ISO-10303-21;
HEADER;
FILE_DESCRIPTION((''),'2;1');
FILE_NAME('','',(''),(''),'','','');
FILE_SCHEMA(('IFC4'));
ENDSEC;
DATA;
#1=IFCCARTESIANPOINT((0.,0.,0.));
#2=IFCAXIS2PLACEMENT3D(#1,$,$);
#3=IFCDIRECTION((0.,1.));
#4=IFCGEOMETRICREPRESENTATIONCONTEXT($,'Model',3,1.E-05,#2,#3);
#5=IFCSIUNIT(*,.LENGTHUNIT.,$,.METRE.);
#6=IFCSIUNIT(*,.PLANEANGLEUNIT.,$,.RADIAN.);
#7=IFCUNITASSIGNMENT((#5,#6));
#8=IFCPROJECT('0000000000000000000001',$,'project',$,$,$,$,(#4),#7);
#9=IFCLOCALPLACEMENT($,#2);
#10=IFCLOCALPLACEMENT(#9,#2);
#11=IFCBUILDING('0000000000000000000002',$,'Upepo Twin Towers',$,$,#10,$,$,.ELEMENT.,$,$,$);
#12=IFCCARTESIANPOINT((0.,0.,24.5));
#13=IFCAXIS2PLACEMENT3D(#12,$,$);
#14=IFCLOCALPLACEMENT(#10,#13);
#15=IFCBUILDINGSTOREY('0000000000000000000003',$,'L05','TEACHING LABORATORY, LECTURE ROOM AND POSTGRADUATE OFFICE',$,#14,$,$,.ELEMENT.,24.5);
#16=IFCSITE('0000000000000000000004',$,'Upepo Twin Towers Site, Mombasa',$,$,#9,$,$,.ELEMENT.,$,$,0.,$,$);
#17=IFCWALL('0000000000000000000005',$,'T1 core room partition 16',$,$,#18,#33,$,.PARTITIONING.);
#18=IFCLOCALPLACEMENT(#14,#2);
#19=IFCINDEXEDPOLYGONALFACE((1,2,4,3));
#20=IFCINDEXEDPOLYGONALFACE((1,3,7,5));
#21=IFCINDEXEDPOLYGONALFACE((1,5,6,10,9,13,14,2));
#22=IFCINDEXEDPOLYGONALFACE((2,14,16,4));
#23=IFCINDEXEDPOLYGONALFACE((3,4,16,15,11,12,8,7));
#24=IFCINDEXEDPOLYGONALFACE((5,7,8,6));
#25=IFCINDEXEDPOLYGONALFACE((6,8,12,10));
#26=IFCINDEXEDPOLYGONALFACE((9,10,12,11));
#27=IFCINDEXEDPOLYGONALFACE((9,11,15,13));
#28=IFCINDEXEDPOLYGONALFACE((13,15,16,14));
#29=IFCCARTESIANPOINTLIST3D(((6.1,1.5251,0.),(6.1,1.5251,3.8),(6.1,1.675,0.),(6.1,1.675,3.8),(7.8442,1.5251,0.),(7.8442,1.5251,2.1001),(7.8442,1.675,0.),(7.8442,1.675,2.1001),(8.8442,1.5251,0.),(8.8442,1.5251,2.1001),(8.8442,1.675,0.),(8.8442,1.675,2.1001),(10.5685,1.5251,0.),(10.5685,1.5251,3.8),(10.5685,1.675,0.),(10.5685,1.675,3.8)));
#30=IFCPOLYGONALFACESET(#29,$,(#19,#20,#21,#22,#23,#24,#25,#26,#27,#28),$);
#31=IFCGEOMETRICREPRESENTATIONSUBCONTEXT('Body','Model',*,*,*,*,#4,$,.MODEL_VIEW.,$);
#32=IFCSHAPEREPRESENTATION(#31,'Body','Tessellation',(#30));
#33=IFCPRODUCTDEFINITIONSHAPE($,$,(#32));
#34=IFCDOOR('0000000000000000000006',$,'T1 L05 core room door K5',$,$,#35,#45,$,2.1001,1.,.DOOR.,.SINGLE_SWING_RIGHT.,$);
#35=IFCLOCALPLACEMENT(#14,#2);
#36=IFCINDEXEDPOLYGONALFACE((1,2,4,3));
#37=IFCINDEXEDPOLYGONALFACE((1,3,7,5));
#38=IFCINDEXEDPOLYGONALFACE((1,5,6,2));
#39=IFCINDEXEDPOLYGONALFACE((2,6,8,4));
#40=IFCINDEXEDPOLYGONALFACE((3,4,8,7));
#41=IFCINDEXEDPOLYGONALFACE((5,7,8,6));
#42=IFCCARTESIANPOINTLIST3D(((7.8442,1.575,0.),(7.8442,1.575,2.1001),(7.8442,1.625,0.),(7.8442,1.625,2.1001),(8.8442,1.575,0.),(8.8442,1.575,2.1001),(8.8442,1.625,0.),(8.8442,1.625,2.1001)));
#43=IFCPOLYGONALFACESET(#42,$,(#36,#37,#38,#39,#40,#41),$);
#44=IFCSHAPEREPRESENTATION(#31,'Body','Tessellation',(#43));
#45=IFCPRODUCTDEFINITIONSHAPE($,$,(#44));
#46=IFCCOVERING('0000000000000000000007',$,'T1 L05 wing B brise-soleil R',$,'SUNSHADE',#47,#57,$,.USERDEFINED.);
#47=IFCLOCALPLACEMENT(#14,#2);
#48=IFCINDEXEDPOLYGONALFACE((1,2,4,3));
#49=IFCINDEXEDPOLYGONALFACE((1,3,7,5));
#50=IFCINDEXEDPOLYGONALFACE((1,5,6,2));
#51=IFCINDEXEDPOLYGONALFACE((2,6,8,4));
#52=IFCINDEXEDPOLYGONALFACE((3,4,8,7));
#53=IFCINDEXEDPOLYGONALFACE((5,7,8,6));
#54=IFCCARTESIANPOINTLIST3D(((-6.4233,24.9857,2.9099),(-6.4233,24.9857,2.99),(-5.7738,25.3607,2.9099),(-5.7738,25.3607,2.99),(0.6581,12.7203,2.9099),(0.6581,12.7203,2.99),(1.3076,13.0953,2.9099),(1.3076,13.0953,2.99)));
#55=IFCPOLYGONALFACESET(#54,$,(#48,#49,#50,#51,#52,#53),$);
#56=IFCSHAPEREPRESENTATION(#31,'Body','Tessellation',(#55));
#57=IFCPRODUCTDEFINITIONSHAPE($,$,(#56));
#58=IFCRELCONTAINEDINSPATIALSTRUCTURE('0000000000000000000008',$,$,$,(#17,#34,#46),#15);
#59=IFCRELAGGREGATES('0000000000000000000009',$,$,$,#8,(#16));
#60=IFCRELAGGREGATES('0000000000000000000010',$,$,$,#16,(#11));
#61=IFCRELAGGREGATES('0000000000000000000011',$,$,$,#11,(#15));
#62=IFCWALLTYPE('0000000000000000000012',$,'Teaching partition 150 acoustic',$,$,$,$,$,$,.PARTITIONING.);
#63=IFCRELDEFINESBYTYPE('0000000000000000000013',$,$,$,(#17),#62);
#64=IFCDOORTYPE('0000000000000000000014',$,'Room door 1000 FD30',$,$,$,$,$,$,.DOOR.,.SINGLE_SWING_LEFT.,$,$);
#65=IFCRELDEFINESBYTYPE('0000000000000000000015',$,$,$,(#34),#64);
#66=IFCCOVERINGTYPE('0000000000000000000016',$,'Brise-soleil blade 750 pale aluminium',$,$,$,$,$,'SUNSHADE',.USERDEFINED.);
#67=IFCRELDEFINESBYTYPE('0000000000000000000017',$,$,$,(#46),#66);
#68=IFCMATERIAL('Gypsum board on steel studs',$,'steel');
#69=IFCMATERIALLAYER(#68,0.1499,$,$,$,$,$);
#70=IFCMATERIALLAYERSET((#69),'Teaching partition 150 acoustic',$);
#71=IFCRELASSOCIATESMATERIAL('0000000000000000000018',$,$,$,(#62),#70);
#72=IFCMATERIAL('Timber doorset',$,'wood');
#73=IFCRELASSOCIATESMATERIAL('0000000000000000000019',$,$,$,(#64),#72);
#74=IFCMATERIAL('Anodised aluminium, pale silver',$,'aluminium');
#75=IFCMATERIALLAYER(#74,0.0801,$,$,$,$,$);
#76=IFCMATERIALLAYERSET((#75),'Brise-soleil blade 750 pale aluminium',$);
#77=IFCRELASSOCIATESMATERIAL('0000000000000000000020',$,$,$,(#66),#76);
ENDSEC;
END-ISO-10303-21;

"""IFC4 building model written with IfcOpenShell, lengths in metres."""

from ifc_helpers import new_model, si_unit, direction, frame, frame_2d, origin, origin_2d, place, context, subcontext, project, spatial, rectangle, extrude, material, layer, layer_set, type_object, element, fill, save


model = new_model("IFC4")

# Units and contexts
model_context = context("Model", 3, precision=1e-05, world=origin(), true_north=direction((0.0, 1.0)))
body_context = subcontext(model_context, "Body", "Model", "MODEL_VIEW")
ifc_project = project(units=[si_unit("LENGTHUNIT", "METRE"), si_unit("PLANEANGLEUNIT", "RADIAN")], contexts=[model_context])

# Site, building, storey
site_placement = place(None, origin())
site = spatial("IfcSite", under=ifc_project, at=site_placement, Name="Upepo Twin Towers Site, Mombasa", CompositionType="ELEMENT", RefElevation=0.0)
building_placement = place(site_placement, origin())
building = spatial("IfcBuilding", under=site, at=building_placement, Name="Upepo Twin Towers", CompositionType="ELEMENT")
storey_placement = place(building_placement, frame((0.0, 0.0, 24.5)))
storey = spatial("IfcBuildingStorey", under=building, at=storey_placement, Name="L05", Description="TEACHING LABORATORY, LECTURE ROOM AND POSTGRADUATE OFFICE", CompositionType="ELEMENT", Elevation=24.5)

# Shared definitions
ifc_material_1 = material(Name="Gypsum board on steel studs", Category="steel")
ifc_layer_1 = layer(ifc_material_1, 0.1499)
ifc_layer_set_1 = layer_set([ifc_layer_1], Name="Teaching partition 150 acoustic")
wall_type_1 = type_object("IfcWallType", Name="Teaching partition 150 acoustic", PredefinedType="PARTITIONING", material=ifc_layer_set_1)

# Wall, opening, door
wall_1_placement = place(storey_placement, frame((6.0999, 1.6001, 0.0), z_axis=(0.0, 0.0, 1.0), x_axis=(1.0, 0.0, 0.0)))
wall_1 = element("IfcWall", 1, at=wall_1_placement, inside=storey, type_object=wall_type_1, Name="T1 core room partition 16", PredefinedType="PARTITIONING", context=body_context, shape_type="SweptSolid", body=[
    extrude(rectangle(XDim=4.4685, YDim=0.1499, at=frame_2d((2.2344, 0.0))), origin(), (0.0, 0.0, 1.0), 3.8),
])
opening_1_placement = place(wall_1_placement, frame((1.7444, 0.0, 0.0)))
opening_1 = element("IfcOpeningElement", 2, at=opening_1_placement, cuts=wall_1, PredefinedType="OPENING", context=body_context, shape_type="SweptSolid", body=[
    extrude(rectangle(XDim=1.0, YDim=2.1001, at=frame_2d((0.5, 1.05))), frame((0.0, 0.085, 0.0), z_axis=(0.0, -1.0, 0.0), x_axis=(1.0, 0.0, 0.0)), (0.0, 0.0, 1.0), 0.1699),
])
ifc_material_2 = material(Name="Timber doorset", Category="wood")
door_type_1 = type_object("IfcDoorType", Name="Room door 1000 FD30", OperationType="SINGLE_SWING_LEFT", PredefinedType="DOOR", material=ifc_material_2)
door_1_placement = place(opening_1_placement, origin())
door_1 = element("IfcDoor", 3, at=door_1_placement, inside=storey, type_object=door_type_1, Name="T1 L05 core room door K5", OperationType="SINGLE_SWING_RIGHT", OverallHeight=2.1001, OverallWidth=1.0, PredefinedType="DOOR", context=body_context, shape_type="SweptSolid", body=[
    extrude(rectangle(XDim=1.0, YDim=2.1001, at=frame_2d((0.5, 1.05))), frame((0.0, 0.0249, 0.0), z_axis=(0.0, -1.0, 0.0), x_axis=(1.0, 0.0, 0.0)), (0.0, 0.0, 1.0), 0.05),
])
fill(opening_1, door_1)

# Covering
ifc_material_3 = material(Name="Anodised aluminium, pale silver", Category="aluminium")
ifc_layer_2 = layer(ifc_material_3, 0.0801)
ifc_layer_set_2 = layer_set([ifc_layer_2], Name="Brise-soleil blade 750 pale aluminium")
covering_type = type_object("IfcCoveringType", Name="Brise-soleil blade 750 pale aluminium", ElementType="SUNSHADE", PredefinedType="USERDEFINED", material=ifc_layer_set_2)
covering_placement = place(storey_placement, frame((-2.5579, 19.0405, 2.9099), z_axis=(0.0, 0.0, 1.0), x_axis=(-0.5, 0.866025, 0.0)))
element("IfcCovering", 4, at=covering_placement, inside=storey, type_object=covering_type, Name="T1 L05 wing B brise-soleil R", ObjectType="SUNSHADE", PredefinedType="USERDEFINED", context=body_context, shape_type="SweptSolid", body=[
    extrude(rectangle(XDim=14.1628, YDim=0.75, at=origin_2d()), origin(), (0.0, 0.0, 1.0), 0.0801),
])

save(model, "model.ifc")
